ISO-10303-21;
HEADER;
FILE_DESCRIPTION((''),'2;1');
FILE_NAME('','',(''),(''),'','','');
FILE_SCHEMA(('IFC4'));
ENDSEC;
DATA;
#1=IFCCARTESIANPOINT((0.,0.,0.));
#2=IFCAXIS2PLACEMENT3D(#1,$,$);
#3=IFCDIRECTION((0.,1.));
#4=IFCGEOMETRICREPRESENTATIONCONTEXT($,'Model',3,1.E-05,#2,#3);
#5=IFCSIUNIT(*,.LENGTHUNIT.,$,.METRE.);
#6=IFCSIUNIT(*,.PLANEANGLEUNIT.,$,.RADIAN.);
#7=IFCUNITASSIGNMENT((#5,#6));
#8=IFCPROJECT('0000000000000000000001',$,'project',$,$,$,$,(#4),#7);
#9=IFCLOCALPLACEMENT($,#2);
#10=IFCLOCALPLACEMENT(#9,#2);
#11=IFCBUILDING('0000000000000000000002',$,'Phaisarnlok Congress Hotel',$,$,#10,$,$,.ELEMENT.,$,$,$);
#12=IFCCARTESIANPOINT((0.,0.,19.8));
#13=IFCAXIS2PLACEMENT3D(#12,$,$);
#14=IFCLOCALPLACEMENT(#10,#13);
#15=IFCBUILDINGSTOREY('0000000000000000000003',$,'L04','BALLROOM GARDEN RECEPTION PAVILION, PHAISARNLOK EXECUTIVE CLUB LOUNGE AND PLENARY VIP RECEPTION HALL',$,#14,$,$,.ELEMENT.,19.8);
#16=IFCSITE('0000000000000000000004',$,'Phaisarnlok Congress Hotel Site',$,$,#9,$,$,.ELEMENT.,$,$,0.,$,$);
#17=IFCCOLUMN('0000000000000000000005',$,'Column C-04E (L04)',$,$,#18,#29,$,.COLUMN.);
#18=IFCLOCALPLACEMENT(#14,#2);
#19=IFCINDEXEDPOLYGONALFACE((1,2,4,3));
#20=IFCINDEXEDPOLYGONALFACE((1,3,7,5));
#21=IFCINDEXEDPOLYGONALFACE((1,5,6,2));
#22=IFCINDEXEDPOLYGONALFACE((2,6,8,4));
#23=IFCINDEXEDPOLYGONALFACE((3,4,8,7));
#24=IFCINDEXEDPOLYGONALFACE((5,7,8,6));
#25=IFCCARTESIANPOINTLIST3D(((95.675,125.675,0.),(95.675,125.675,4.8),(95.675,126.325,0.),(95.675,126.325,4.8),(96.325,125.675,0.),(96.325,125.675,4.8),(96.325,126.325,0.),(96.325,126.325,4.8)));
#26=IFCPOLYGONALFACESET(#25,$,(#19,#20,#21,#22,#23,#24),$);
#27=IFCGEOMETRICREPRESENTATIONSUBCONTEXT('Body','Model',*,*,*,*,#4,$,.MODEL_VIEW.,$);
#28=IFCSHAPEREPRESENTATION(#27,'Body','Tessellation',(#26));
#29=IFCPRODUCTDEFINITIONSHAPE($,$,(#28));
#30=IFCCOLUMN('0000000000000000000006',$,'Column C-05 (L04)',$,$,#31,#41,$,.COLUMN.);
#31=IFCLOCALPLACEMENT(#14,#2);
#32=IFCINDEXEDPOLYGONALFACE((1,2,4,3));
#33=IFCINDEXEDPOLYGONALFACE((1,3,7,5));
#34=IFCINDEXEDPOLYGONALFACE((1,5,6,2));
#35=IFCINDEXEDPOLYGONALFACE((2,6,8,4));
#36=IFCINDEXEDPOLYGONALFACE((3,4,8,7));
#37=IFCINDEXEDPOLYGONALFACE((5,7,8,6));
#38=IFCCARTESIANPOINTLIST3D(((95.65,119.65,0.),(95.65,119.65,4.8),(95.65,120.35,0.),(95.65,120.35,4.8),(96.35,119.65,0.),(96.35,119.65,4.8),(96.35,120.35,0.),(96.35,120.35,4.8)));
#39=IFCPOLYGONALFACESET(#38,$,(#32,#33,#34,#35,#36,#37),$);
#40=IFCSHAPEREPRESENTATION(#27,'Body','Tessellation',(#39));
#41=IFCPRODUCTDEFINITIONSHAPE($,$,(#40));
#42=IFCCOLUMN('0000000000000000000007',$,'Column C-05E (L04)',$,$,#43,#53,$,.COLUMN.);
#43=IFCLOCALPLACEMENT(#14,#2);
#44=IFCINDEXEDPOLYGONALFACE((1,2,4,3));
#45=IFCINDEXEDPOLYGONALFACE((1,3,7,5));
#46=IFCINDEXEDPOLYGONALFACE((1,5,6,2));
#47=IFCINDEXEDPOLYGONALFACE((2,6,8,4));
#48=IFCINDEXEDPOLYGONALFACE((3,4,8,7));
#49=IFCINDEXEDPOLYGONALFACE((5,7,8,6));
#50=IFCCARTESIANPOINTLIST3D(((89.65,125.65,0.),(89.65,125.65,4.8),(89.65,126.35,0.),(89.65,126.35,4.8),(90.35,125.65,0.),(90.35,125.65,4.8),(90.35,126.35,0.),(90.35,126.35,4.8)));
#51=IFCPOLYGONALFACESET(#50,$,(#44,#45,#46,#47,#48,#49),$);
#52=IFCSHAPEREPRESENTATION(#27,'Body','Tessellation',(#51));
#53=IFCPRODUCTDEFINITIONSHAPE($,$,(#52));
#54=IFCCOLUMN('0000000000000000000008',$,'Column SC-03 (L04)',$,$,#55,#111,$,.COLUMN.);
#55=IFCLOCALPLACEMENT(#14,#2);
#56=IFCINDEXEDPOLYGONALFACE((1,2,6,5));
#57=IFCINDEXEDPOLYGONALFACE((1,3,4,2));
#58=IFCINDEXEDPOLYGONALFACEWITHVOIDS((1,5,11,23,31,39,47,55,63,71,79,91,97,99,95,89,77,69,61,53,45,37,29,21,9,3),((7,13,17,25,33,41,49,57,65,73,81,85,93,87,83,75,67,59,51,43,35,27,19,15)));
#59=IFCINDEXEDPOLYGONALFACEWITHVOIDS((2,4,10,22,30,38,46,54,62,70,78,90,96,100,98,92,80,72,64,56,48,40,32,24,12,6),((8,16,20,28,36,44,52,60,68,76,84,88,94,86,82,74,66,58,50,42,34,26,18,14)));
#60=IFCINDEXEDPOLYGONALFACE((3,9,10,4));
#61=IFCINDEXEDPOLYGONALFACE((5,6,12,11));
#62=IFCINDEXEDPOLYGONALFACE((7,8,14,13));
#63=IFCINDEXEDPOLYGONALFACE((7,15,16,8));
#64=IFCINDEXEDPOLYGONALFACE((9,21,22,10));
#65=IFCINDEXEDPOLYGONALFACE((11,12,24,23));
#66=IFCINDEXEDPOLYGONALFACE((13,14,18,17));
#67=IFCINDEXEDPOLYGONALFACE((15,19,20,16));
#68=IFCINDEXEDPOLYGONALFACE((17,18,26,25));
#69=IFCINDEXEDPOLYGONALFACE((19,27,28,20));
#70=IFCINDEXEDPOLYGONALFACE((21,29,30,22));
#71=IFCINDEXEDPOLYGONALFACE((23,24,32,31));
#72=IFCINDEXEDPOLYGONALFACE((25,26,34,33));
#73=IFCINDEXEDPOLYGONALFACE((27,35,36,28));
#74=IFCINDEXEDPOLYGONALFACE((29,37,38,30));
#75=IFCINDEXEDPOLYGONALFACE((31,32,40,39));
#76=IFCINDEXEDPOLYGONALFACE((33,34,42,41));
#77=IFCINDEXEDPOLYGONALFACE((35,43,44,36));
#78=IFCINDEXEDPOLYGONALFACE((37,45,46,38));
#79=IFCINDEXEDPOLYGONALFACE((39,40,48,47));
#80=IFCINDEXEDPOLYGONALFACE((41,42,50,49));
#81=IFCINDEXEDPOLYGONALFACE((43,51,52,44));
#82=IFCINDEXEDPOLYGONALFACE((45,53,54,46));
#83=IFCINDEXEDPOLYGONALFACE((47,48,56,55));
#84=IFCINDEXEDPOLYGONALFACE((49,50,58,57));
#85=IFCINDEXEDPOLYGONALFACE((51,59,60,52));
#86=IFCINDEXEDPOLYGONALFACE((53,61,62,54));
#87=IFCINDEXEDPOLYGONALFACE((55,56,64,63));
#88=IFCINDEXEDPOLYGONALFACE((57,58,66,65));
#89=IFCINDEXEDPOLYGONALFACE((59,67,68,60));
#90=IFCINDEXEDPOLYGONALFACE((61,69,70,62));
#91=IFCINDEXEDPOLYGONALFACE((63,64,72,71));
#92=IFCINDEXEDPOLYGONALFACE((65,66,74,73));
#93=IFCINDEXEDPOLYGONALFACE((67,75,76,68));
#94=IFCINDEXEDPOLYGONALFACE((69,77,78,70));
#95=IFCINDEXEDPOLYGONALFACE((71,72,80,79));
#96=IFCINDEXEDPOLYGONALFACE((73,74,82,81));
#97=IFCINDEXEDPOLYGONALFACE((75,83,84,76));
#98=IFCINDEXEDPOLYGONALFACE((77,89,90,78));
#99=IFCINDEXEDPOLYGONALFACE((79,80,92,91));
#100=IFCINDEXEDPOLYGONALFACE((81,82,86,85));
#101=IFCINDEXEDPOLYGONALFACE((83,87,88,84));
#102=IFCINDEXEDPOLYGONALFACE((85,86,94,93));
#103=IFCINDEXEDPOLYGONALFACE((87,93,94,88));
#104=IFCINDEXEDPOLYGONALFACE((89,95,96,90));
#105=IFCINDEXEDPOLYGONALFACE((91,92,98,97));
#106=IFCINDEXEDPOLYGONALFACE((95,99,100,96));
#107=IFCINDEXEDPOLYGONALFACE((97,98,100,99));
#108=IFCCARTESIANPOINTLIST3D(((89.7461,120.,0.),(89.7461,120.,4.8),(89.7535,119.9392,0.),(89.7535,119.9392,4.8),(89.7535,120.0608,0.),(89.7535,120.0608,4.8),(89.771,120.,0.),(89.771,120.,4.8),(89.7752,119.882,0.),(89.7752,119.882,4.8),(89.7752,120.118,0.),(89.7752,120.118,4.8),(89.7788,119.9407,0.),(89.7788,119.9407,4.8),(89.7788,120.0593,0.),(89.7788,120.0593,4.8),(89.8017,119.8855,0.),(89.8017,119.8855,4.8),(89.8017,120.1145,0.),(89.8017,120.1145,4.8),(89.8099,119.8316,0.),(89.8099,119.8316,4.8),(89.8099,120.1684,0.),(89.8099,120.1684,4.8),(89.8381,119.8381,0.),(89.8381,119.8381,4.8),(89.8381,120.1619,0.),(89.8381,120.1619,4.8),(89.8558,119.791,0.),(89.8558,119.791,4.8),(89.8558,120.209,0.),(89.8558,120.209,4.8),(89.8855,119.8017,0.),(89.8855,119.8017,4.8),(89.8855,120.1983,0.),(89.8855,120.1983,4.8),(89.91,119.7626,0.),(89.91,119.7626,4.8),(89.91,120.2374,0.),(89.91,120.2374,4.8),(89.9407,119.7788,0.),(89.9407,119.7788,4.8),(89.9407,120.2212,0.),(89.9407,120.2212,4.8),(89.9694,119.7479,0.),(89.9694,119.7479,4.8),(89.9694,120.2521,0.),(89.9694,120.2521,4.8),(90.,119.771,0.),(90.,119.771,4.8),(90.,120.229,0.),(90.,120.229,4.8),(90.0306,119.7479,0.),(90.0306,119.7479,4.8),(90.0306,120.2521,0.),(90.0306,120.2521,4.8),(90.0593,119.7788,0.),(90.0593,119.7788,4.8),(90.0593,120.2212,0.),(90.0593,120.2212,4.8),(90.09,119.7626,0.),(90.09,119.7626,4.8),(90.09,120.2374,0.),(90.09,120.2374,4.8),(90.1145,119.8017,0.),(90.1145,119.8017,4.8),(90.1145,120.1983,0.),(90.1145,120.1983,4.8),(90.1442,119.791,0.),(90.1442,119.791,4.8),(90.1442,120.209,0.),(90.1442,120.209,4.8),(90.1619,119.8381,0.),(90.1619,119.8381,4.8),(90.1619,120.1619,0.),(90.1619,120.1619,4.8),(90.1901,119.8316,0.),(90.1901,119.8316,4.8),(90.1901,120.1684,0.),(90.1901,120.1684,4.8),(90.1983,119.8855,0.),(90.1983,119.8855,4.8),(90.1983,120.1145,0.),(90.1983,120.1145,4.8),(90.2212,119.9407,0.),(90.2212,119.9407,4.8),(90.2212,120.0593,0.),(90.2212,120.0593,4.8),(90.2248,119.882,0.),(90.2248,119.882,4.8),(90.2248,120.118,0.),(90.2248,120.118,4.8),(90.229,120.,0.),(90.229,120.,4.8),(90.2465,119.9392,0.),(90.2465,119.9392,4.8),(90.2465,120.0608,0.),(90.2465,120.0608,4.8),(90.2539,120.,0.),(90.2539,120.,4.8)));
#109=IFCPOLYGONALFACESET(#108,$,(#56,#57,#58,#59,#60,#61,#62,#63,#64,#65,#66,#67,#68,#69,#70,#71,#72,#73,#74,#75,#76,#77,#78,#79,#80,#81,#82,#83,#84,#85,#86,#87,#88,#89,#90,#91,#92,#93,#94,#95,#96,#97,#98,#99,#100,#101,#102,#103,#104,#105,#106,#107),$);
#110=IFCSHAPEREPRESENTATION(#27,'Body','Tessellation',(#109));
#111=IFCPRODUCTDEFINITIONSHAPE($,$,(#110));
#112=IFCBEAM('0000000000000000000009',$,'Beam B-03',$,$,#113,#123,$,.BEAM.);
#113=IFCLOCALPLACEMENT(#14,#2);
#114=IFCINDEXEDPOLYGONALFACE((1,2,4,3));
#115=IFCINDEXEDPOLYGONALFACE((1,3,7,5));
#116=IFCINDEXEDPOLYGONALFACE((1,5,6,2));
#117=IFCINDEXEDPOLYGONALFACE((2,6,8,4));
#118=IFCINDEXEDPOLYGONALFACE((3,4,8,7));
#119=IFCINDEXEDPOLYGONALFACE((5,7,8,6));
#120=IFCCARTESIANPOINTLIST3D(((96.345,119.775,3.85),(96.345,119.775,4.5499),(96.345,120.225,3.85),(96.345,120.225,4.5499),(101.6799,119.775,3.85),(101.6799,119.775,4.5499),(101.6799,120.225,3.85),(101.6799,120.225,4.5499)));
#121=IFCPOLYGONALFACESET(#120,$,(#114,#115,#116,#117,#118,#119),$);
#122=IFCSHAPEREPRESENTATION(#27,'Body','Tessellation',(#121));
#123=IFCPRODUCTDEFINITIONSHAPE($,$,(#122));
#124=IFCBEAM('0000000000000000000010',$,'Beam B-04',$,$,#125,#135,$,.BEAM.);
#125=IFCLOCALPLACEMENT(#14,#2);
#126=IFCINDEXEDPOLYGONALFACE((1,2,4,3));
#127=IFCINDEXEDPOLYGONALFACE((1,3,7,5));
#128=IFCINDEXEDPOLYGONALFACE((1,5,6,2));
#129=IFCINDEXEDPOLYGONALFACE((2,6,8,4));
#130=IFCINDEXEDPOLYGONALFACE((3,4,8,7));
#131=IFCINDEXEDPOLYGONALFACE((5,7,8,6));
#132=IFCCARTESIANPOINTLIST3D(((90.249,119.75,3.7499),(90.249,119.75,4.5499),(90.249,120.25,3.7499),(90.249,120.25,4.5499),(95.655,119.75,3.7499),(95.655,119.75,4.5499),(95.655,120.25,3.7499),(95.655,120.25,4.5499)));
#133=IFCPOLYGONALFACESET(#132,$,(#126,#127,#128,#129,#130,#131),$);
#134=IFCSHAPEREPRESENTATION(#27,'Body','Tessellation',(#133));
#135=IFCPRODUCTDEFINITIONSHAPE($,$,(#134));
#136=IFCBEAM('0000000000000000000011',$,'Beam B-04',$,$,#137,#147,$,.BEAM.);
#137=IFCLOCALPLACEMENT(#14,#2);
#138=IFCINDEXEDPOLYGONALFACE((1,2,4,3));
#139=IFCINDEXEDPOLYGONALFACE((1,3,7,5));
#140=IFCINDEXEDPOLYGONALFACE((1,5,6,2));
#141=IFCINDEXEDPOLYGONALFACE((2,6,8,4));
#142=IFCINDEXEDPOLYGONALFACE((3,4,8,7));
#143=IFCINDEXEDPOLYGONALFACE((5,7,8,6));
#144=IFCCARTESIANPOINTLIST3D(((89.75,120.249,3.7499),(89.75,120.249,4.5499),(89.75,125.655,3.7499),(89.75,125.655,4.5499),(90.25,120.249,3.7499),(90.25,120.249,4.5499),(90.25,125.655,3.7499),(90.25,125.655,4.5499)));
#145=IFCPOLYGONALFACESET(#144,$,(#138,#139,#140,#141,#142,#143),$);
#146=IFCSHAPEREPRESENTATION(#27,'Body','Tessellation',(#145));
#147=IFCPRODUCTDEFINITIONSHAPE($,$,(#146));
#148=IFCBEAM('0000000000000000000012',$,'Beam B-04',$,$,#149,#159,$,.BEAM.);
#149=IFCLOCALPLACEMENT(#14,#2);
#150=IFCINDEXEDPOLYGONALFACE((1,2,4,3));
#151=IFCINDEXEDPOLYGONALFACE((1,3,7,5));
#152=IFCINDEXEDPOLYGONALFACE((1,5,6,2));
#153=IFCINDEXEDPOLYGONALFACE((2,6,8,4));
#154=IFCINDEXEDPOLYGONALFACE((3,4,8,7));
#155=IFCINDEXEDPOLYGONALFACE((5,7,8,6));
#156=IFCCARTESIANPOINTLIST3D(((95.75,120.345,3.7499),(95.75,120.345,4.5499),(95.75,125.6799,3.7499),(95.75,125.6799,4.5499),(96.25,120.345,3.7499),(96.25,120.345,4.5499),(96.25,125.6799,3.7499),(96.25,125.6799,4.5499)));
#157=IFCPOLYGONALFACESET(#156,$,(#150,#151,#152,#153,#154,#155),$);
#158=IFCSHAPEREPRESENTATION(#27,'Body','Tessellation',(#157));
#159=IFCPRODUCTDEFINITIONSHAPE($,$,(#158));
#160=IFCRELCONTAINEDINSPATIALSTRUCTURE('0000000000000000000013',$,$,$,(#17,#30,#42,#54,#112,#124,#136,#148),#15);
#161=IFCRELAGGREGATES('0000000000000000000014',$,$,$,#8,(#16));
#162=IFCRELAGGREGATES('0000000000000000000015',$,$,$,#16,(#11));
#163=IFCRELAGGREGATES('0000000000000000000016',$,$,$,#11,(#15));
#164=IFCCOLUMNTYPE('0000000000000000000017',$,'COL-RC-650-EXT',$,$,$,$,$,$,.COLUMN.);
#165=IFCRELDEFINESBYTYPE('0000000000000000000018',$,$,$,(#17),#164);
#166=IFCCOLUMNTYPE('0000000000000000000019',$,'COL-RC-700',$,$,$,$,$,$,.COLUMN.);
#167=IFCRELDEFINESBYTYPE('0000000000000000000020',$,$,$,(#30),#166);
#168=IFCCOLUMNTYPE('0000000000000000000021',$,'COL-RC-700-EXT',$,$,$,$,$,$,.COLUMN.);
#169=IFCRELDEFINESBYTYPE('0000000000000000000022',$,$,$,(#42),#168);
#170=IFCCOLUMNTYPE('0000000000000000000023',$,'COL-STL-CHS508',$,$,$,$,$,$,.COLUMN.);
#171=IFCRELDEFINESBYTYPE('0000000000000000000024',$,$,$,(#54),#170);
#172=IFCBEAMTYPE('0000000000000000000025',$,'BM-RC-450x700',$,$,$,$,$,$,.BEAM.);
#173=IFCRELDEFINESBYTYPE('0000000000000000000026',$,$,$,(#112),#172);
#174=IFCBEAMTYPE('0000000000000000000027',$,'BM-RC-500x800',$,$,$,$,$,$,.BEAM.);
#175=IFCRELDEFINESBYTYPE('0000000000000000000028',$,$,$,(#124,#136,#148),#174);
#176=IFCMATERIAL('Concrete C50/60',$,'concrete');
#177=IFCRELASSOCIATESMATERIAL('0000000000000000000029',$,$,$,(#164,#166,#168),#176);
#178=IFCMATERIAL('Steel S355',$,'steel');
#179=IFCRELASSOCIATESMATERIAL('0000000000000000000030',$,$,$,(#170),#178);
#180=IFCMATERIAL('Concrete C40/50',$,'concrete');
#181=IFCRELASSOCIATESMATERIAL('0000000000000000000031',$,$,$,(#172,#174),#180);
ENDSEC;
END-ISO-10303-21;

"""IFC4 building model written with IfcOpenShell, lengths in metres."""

from ifc_helpers import new_model, si_unit, direction, frame, origin, origin_2d, place, context, subcontext, project, spatial, rectangle, hollow_circle, extrude, material, material_profile, profile_set, type_object, element, save


model = new_model("IFC4")

# Units and contexts
model_context = context("Model", 3, precision=1e-05, world=origin(), true_north=direction((0.0, 1.0)))
body_context = subcontext(model_context, "Body", "Model", "MODEL_VIEW")
ifc_project = project(units=[si_unit("LENGTHUNIT", "METRE"), si_unit("PLANEANGLEUNIT", "RADIAN")], contexts=[model_context])

# Site, building, storey
site_placement = place(None, origin())
site = spatial("IfcSite", under=ifc_project, at=site_placement, Name="Phaisarnlok Congress Hotel Site", CompositionType="ELEMENT", RefElevation=0.0)
building_placement = place(site_placement, origin())
building = spatial("IfcBuilding", under=site, at=building_placement, Name="Phaisarnlok Congress Hotel", CompositionType="ELEMENT")
storey_placement = place(building_placement, frame((0.0, 0.0, 19.8)))
storey = spatial("IfcBuildingStorey", under=building, at=storey_placement, Name="L04", Description="BALLROOM GARDEN RECEPTION PAVILION, PHAISARNLOK EXECUTIVE CLUB LOUNGE AND PLENARY VIP RECEPTION HALL", CompositionType="ELEMENT", Elevation=19.8)

# Columns
ifc_material_1 = material(Name="Concrete C50/60", Category="concrete")
ifc_material_profile_1 = material_profile(ifc_material_1, rectangle(XDim=0.6499, YDim=0.6499, at=origin_2d()), Name="RC 650x650")
ifc_profile_set_1 = profile_set([ifc_material_profile_1], Name="Concrete C50/60")
column_type_1 = type_object("IfcColumnType", Name="COL-RC-650-EXT", PredefinedType="COLUMN", material=ifc_profile_set_1)
column_1_placement = place(storey_placement, frame((96.0, 126.0, 0.0), z_axis=(0.0, 0.0, 1.0), x_axis=(1.0, 0.0, 0.0)))
element("IfcColumn", 1, at=column_1_placement, inside=storey, type_object=column_type_1, Name="Column C-04E (L04)", PredefinedType="COLUMN", context=body_context, shape_type="SweptSolid", body=[
    extrude(rectangle(XDim=0.6499, YDim=0.6499, at=origin_2d()), origin(), (0.0, 0.0, 1.0), 4.8),
])
ifc_material_profile_2 = material_profile(ifc_material_1, rectangle(XDim=0.7, YDim=0.7, at=origin_2d()), Name="RC 700x700")
ifc_profile_set_2 = profile_set([ifc_material_profile_2], Name="Concrete C50/60")
column_type_2 = type_object("IfcColumnType", Name="COL-RC-700", PredefinedType="COLUMN", material=ifc_profile_set_2)
column_2_placement = place(storey_placement, frame((96.0, 120.0, 0.0), z_axis=(0.0, 0.0, 1.0), x_axis=(1.0, 0.0, 0.0)))
element("IfcColumn", 2, at=column_2_placement, inside=storey, type_object=column_type_2, Name="Column C-05 (L04)", PredefinedType="COLUMN", context=body_context, shape_type="SweptSolid", body=[
    extrude(rectangle(XDim=0.7, YDim=0.7, at=origin_2d()), origin(), (0.0, 0.0, 1.0), 4.8),
])
ifc_material_profile_3 = material_profile(ifc_material_1, rectangle(XDim=0.7, YDim=0.7, at=origin_2d()), Name="RC 700x700")
ifc_profile_set_3 = profile_set([ifc_material_profile_3], Name="Concrete C50/60")
column_type_3 = type_object("IfcColumnType", Name="COL-RC-700-EXT", PredefinedType="COLUMN", material=ifc_profile_set_3)
column_3_placement = place(storey_placement, frame((90.0, 126.0, 0.0), z_axis=(0.0, 0.0, 1.0), x_axis=(1.0, 0.0, 0.0)))
element("IfcColumn", 3, at=column_3_placement, inside=storey, type_object=column_type_3, Name="Column C-05E (L04)", PredefinedType="COLUMN", context=body_context, shape_type="SweptSolid", body=[
    extrude(rectangle(XDim=0.7, YDim=0.7, at=origin_2d()), origin(), (0.0, 0.0, 1.0), 4.8),
])
ifc_material_2 = material(Name="Steel S355", Category="steel")
ifc_material_profile_4 = material_profile(ifc_material_2, hollow_circle(Radius=0.2539, WallThickness=0.0249, at=origin_2d()), Name="CHS 508x25")
ifc_profile_set_4 = profile_set([ifc_material_profile_4], Name="Steel S355")
column_type_4 = type_object("IfcColumnType", Name="COL-STL-CHS508", PredefinedType="COLUMN", material=ifc_profile_set_4)
column_4_placement = place(storey_placement, frame((90.0, 120.0, 0.0), z_axis=(0.0, 0.0, 1.0), x_axis=(1.0, 0.0, 0.0)))
element("IfcColumn", 4, at=column_4_placement, inside=storey, type_object=column_type_4, Name="Column SC-03 (L04)", PredefinedType="COLUMN", context=body_context, shape_type="SweptSolid", body=[
    extrude(hollow_circle(Radius=0.2539, WallThickness=0.0249, at=origin_2d()), origin(), (0.0, 0.0, 1.0), 4.8),
])

# Beams
ifc_material_3 = material(Name="Concrete C40/50", Category="concrete")
ifc_material_profile_5 = material_profile(ifc_material_3, rectangle(XDim=0.45, YDim=0.7, at=origin_2d()), Name="RC 450x700")
ifc_profile_set_5 = profile_set([ifc_material_profile_5], Name="Concrete C40/50")
beam_type_1 = type_object("IfcBeamType", Name="BM-RC-450x700", PredefinedType="BEAM", material=ifc_profile_set_5)
beam_1_placement = place(storey_placement, frame((96.345, 120.0, 4.2), z_axis=(1.0, 0.0, 0.0), x_axis=(0.0, 1.0, 0.0)))
element("IfcBeam", 5, at=beam_1_placement, inside=storey, type_object=beam_type_1, Name="Beam B-03", PredefinedType="BEAM", context=body_context, shape_type="SweptSolid", body=[
    extrude(rectangle(XDim=0.45, YDim=0.7, at=origin_2d()), origin(), (0.0, 0.0, 1.0), 5.335),
])
ifc_material_profile_6 = material_profile(ifc_material_3, rectangle(XDim=0.5, YDim=0.8, at=origin_2d()), Name="RC 500x800")
ifc_profile_set_6 = profile_set([ifc_material_profile_6], Name="Concrete C40/50")
beam_type_2 = type_object("IfcBeamType", Name="BM-RC-500x800", PredefinedType="BEAM", material=ifc_profile_set_6)
for number, where, z_axis, x_axis, name in (
    (6, (90.249, 120.0, 4.1499), (1.0, 0.0, 0.0), (0.0, 1.0, 0.0), "Beam B-04"),
    (7, (90.0, 120.249, 4.1499), (0.0, 1.0, 0.0), (-1.0, 0.0, 0.0), "Beam B-04"),
):
    element("IfcBeam", number, at=place(storey_placement, frame(where, z_axis=z_axis, x_axis=x_axis)), inside=storey, type_object=beam_type_2, Name=name, PredefinedType="BEAM", context=body_context, shape_type="SweptSolid", body=[
        extrude(rectangle(XDim=0.5, YDim=0.8, at=origin_2d()), origin(), (0.0, 0.0, 1.0), 5.406),
    ])
beam_2_placement = place(storey_placement, frame((96.0, 120.345, 4.1499), z_axis=(0.0, 1.0, 0.0), x_axis=(-1.0, 0.0, 0.0)))
element("IfcBeam", 8, at=beam_2_placement, inside=storey, type_object=beam_type_2, Name="Beam B-04", PredefinedType="BEAM", context=body_context, shape_type="SweptSolid", body=[
    extrude(rectangle(XDim=0.5, YDim=0.8, at=origin_2d()), origin(), (0.0, 0.0, 1.0), 5.335),
])

save(model, "model.ifc")
